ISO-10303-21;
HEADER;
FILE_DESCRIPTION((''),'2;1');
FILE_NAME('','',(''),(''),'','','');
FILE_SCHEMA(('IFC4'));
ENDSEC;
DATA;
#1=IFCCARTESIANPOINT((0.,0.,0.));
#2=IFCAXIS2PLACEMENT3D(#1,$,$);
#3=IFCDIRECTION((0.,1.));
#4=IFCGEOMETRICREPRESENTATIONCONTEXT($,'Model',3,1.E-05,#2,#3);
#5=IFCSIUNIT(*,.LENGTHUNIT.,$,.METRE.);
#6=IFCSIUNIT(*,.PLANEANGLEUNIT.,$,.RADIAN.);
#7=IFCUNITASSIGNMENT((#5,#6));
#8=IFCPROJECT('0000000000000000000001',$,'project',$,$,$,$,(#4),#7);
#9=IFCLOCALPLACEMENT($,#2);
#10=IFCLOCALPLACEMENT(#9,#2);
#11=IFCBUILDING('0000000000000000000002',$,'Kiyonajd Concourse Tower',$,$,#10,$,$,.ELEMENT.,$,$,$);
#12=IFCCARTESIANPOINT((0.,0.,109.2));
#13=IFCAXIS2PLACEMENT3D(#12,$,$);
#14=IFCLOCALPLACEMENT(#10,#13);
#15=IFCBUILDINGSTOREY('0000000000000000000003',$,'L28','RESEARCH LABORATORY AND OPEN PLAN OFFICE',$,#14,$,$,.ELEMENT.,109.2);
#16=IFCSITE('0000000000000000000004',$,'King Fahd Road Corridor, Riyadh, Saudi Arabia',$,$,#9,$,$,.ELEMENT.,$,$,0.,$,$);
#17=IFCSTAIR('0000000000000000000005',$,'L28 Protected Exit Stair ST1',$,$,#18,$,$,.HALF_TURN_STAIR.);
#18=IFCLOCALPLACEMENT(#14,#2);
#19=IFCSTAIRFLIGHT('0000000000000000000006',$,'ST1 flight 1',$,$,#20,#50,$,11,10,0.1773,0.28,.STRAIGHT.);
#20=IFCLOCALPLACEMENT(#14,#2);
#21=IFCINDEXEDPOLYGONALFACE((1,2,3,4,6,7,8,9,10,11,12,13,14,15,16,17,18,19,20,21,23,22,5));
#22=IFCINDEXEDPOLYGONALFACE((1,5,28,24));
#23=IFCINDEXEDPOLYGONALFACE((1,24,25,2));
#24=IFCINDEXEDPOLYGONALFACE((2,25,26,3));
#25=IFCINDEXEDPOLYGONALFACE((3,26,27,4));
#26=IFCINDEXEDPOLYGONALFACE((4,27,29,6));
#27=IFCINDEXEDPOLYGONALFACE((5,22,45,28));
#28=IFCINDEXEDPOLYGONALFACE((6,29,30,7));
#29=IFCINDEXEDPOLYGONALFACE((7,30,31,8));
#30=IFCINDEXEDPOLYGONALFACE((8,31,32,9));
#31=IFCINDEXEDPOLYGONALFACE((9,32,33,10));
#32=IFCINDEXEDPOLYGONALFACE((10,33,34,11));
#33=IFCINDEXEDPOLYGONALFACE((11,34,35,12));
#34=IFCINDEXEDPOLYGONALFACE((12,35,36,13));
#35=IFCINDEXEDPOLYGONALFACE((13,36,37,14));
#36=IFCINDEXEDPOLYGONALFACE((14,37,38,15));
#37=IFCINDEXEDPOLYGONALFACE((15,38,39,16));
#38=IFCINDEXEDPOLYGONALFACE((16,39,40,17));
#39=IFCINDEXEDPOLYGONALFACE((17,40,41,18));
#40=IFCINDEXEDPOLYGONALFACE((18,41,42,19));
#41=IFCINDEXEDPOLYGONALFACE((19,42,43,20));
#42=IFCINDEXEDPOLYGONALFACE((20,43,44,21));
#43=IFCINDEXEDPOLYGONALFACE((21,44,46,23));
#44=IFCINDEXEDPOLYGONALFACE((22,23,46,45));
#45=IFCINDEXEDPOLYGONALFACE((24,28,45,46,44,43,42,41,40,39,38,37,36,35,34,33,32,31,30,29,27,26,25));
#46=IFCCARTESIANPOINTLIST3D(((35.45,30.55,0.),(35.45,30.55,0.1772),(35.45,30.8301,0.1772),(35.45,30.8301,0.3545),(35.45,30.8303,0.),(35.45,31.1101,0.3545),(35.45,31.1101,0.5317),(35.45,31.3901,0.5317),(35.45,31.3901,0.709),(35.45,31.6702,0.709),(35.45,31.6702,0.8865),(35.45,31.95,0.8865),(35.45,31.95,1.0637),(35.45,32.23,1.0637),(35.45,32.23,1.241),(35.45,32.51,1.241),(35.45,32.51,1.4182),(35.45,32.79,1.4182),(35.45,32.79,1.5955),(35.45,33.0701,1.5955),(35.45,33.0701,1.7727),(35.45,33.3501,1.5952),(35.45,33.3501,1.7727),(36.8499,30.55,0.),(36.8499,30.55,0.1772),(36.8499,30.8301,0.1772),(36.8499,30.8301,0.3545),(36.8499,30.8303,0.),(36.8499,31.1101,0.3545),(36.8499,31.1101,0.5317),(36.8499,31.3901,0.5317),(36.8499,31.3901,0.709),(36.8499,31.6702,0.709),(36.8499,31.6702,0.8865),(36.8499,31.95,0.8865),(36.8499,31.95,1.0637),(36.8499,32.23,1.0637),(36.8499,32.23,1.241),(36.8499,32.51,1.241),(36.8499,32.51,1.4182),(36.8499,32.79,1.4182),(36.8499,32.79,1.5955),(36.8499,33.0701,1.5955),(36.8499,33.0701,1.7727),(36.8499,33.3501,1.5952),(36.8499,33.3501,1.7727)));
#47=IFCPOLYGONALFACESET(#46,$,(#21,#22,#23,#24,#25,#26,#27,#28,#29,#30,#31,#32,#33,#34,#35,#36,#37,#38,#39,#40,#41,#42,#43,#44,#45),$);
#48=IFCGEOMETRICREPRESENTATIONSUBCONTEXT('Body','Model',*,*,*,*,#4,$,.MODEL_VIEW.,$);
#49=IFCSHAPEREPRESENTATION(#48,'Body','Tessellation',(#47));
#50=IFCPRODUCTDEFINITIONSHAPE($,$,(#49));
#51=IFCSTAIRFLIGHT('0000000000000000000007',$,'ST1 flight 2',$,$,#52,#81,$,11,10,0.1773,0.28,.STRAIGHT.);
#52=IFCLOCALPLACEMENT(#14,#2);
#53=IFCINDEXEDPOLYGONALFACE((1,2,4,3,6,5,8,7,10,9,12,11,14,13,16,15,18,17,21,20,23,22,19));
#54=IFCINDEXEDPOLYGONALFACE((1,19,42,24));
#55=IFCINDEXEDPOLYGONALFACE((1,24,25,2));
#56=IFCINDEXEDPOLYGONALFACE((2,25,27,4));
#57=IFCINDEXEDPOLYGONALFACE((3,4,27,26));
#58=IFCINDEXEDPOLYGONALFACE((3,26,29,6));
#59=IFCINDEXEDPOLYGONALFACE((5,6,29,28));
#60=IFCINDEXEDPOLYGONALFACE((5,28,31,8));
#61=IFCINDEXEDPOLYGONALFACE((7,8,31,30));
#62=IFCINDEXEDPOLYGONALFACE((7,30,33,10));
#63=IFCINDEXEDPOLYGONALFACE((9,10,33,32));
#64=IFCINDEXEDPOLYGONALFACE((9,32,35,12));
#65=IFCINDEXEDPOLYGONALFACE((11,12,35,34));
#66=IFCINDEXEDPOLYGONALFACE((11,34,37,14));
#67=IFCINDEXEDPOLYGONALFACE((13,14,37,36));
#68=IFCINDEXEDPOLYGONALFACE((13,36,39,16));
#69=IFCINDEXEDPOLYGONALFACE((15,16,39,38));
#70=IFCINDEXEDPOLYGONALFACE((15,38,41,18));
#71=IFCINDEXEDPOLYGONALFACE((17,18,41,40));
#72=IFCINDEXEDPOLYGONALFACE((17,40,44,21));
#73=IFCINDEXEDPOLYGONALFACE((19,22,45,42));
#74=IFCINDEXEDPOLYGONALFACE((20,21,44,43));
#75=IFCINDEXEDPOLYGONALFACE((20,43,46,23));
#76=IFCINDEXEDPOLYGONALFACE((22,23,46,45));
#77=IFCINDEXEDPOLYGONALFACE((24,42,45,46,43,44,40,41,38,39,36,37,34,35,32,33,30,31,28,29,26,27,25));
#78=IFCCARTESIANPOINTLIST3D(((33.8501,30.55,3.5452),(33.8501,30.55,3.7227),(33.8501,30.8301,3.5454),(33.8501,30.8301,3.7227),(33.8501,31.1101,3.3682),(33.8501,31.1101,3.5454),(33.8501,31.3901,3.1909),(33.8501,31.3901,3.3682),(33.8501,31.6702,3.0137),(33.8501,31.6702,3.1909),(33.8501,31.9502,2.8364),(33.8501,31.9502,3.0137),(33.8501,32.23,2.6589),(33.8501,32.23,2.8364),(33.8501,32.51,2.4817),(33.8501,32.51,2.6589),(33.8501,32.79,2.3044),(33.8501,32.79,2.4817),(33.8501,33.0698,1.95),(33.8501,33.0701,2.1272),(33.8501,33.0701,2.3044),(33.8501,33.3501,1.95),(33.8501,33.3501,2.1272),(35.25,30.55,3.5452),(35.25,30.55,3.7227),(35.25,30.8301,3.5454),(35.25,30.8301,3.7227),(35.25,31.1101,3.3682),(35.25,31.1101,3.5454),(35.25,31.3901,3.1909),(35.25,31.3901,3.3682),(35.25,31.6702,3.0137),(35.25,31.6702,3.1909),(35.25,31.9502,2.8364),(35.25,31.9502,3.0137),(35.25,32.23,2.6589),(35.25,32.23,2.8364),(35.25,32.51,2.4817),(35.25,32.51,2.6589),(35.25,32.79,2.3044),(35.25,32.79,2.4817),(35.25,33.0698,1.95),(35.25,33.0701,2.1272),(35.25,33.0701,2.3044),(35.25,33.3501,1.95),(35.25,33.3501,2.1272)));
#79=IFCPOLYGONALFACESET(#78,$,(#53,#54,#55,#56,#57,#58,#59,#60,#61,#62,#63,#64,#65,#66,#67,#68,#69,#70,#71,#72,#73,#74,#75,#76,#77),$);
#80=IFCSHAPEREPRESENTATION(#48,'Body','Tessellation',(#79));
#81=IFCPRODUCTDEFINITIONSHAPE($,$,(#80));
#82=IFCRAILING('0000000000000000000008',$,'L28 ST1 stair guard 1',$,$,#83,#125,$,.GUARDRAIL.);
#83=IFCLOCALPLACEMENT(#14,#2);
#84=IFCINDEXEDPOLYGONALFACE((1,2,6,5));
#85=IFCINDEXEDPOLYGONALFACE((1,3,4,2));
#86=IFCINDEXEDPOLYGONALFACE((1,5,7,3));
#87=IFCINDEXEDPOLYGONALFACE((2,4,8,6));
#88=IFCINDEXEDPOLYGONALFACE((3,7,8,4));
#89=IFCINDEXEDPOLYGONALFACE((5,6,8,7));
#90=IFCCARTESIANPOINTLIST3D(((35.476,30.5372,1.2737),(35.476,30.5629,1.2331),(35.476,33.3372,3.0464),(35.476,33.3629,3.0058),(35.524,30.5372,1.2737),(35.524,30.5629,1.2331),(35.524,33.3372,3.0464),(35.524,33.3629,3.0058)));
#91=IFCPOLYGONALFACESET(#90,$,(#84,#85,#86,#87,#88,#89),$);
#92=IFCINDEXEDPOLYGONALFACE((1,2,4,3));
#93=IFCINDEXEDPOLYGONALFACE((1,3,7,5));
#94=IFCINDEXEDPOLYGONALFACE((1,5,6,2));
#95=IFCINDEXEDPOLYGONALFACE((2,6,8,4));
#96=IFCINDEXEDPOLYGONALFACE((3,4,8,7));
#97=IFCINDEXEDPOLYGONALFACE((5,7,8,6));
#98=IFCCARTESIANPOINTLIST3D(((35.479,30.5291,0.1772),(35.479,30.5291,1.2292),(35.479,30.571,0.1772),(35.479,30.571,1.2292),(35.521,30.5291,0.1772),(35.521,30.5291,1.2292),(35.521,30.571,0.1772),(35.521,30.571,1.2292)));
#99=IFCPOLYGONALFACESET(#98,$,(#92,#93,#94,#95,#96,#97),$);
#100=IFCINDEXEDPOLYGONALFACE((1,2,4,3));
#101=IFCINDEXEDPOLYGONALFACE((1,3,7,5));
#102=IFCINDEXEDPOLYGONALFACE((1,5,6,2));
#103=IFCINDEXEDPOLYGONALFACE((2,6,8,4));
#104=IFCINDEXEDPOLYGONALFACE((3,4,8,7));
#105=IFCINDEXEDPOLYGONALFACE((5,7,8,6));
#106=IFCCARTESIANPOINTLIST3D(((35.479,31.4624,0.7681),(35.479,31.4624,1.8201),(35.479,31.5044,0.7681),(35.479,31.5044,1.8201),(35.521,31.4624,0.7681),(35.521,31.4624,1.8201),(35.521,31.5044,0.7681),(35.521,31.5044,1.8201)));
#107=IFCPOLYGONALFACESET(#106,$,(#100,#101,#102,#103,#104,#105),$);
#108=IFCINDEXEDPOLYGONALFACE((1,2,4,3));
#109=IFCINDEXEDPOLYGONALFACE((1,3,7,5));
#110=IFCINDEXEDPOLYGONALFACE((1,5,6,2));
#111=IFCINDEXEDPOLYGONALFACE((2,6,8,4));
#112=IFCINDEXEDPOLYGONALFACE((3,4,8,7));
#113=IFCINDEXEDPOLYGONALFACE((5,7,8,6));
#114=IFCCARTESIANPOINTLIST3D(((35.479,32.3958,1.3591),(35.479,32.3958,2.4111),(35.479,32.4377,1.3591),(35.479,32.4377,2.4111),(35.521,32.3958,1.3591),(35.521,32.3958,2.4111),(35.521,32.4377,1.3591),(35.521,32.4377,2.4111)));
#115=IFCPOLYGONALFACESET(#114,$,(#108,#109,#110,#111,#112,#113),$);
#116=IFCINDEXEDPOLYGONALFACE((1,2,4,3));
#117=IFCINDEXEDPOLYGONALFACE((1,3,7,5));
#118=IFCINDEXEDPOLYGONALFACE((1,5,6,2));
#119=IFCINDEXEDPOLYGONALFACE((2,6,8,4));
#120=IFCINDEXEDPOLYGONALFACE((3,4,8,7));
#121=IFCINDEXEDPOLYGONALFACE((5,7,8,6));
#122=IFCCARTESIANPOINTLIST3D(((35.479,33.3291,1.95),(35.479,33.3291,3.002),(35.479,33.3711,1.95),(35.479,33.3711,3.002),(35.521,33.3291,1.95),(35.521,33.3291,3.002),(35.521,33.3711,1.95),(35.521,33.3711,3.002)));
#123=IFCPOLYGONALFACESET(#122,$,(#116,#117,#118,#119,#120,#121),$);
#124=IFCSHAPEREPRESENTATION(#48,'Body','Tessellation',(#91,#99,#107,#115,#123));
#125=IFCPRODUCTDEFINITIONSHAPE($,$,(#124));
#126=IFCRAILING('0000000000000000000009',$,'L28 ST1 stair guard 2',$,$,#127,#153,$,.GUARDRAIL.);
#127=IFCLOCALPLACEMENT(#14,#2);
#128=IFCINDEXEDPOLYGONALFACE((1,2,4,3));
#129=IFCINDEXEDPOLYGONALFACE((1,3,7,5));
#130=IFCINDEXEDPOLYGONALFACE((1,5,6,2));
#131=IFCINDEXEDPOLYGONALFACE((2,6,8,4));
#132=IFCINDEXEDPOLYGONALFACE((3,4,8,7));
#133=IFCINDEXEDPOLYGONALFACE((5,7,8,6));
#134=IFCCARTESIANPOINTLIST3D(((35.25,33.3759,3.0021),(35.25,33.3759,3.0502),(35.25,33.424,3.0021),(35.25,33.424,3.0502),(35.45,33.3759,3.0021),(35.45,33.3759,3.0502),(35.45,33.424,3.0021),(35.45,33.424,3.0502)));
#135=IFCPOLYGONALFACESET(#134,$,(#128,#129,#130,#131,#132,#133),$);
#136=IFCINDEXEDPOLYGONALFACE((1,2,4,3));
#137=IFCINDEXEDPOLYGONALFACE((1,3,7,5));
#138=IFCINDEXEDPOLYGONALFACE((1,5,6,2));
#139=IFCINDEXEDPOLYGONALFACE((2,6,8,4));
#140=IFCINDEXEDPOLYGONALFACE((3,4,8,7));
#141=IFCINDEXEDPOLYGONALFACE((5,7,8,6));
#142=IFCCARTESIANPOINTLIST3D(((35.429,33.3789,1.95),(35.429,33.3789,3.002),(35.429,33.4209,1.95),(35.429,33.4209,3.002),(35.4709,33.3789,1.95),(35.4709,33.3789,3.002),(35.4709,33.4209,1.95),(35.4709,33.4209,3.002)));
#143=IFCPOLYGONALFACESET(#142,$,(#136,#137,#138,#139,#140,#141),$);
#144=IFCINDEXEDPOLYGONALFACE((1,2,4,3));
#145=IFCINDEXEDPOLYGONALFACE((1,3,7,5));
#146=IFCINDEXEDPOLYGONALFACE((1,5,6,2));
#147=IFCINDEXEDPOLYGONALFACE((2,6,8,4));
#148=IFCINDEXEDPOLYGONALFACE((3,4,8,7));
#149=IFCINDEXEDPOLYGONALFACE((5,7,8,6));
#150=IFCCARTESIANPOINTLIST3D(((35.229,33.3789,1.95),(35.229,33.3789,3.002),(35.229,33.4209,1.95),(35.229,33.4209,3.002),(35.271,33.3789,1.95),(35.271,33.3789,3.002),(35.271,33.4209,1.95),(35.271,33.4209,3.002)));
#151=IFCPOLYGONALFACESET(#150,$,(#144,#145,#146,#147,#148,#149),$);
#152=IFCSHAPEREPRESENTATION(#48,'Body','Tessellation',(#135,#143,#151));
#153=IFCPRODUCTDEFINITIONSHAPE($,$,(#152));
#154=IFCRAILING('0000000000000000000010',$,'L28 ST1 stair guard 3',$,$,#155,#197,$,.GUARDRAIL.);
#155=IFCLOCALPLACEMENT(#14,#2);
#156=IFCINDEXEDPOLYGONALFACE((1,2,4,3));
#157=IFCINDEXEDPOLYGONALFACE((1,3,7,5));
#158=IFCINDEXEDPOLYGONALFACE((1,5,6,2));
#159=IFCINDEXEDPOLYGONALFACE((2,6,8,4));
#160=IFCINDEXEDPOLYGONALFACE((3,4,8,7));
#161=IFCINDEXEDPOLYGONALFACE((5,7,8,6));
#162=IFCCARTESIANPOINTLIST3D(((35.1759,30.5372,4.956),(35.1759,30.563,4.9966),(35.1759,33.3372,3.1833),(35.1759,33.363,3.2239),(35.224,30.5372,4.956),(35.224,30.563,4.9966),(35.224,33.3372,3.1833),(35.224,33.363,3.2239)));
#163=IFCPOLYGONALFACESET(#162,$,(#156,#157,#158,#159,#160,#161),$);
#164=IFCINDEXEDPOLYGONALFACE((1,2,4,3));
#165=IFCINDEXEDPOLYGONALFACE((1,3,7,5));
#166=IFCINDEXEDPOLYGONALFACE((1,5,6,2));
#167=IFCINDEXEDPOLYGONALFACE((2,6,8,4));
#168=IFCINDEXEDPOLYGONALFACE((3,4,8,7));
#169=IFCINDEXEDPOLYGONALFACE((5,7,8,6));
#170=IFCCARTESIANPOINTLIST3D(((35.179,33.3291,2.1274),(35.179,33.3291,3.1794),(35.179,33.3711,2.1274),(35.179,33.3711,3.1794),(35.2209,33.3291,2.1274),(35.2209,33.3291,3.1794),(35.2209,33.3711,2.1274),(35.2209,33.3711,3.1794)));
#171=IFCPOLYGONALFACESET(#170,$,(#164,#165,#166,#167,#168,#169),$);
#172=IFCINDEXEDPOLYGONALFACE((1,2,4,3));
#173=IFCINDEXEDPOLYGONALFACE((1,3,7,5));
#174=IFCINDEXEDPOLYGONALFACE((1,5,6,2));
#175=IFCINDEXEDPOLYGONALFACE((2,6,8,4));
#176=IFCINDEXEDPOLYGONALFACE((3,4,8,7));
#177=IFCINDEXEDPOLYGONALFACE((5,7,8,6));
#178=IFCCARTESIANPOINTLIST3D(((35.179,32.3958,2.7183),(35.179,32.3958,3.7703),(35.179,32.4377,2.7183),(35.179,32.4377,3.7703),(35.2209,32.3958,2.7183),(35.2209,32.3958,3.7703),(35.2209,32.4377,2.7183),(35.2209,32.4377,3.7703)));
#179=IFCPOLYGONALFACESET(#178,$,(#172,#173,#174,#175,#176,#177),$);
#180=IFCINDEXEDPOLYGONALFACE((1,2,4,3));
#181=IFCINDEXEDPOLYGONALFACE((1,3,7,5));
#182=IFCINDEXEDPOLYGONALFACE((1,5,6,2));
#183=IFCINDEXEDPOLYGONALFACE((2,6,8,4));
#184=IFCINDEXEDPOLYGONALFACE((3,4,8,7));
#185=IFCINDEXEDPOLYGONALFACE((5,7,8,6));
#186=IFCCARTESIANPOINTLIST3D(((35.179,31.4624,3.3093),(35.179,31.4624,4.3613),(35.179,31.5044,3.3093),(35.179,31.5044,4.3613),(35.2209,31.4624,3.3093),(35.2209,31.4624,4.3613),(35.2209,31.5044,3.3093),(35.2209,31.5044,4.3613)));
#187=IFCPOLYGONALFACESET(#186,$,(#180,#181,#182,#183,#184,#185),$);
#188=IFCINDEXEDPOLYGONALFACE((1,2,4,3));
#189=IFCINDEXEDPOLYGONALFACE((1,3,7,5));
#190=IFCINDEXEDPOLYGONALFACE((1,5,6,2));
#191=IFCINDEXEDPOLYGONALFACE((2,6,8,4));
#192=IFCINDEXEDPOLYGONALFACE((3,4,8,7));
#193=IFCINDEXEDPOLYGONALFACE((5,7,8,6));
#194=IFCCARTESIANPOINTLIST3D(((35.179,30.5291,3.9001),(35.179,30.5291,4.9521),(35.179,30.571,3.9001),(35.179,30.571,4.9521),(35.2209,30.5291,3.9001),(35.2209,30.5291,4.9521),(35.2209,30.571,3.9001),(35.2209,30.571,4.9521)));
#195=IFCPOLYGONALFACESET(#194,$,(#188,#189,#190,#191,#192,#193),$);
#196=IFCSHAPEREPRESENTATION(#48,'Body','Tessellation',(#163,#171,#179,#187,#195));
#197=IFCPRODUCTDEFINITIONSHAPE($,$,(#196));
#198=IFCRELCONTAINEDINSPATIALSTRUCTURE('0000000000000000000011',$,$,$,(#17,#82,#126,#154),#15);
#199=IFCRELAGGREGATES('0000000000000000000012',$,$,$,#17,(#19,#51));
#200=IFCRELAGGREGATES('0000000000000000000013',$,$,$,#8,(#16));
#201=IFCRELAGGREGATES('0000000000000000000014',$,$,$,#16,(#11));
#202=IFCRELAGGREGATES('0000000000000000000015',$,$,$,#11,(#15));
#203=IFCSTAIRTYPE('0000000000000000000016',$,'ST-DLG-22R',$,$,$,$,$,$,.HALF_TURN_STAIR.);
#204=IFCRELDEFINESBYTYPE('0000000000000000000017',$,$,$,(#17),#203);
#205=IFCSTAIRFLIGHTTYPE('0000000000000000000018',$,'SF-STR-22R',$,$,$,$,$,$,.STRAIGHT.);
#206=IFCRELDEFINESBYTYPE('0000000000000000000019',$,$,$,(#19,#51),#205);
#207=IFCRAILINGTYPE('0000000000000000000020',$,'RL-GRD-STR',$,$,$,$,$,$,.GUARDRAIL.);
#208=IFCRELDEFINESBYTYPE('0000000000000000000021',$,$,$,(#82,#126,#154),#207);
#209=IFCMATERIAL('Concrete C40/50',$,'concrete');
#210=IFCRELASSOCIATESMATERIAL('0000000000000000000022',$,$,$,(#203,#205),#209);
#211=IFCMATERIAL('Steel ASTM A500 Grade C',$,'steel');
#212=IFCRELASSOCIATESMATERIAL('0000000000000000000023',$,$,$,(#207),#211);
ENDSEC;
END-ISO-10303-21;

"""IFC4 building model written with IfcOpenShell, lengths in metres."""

from ifc_helpers import new_model, si_unit, direction, frame, origin, origin_2d, place, context, subcontext, project, spatial, polyline, rectangle, outline, extrude, material, type_object, element, aggregate, save


model = new_model("IFC4")

# Units and contexts
model_context = context("Model", 3, precision=1e-05, world=origin(), true_north=direction((0.0, 1.0)))
body_context = subcontext(model_context, "Body", "Model", "MODEL_VIEW")
ifc_project = project(units=[si_unit("LENGTHUNIT", "METRE"), si_unit("PLANEANGLEUNIT", "RADIAN")], contexts=[model_context])

# Site, building, storey
site_placement = place(None, origin())
site = spatial("IfcSite", under=ifc_project, at=site_placement, Name="King Fahd Road Corridor, Riyadh, Saudi Arabia", CompositionType="ELEMENT", RefElevation=0.0)
building_placement = place(site_placement, origin())
building = spatial("IfcBuilding", under=site, at=building_placement, Name="Kiyonajd Concourse Tower", CompositionType="ELEMENT")
storey_placement = place(building_placement, frame((0.0, 0.0, 109.2)))
storey = spatial("IfcBuildingStorey", under=building, at=storey_placement, Name="L28", Description="RESEARCH LABORATORY AND OPEN PLAN OFFICE", CompositionType="ELEMENT", Elevation=109.2)

# Stair, stair flights
ifc_material_1 = material(Name="Concrete C40/50", Category="concrete")
stair_type = type_object("IfcStairType", Name="ST-DLG-22R", PredefinedType="HALF_TURN_STAIR", material=ifc_material_1)
stair_placement = place(storey_placement, origin())
stair = element("IfcStair", 1, at=stair_placement, inside=storey, type_object=stair_type, Name="L28 Protected Exit Stair ST1", PredefinedType="HALF_TURN_STAIR")
stair_flight_type = type_object("IfcStairFlightType", Name="SF-STR-22R", PredefinedType="STRAIGHT", material=ifc_material_1)
stair_flight_1_placement = place(storey_placement, frame((36.1499, 30.55, 0.0), z_axis=(0.0, 0.0, 1.0), x_axis=(0.0, 1.0, 0.0)))
stair_flight_1 = element("IfcStairFlight", 2, at=stair_flight_1_placement, type_object=stair_flight_type, Name="ST1 flight 1", NumberOfRisers=11, NumberOfTreads=10, PredefinedType="STRAIGHT", RiserHeight=0.1773, TreadLength=0.28, context=body_context, shape_type="SweptSolid", body=[
    extrude(outline(polyline([(0.0, 0.0), (0.0, 0.1772), (0.28, 0.1772), (0.28, 0.3545), (0.5601, 0.3545), (0.5601, 0.5317), (0.8401, 0.5317), (0.8401, 0.709), (1.1201, 0.709), (1.1201, 0.8865), (1.3999, 0.8865), (1.3999, 1.0637), (1.6799, 1.0637), (1.6799, 1.241), (1.96, 1.241), (1.96, 1.4182), (2.24, 1.4182), (2.24, 1.5955), (2.52, 1.5955), (2.52, 1.7727), (2.8, 1.7727), (2.8, 1.95), (2.8, 1.5952), (0.2803, 0.0), (0.0, 0.0)])), frame((0.0, 0.7, 0.0), z_axis=(0.0, -1.0, 0.0), x_axis=(1.0, 0.0, 0.0)), (0.0, 0.0, 1.0), 1.3999),
])
stair_flight_2_placement = place(storey_placement, frame((34.55, 33.3501, 1.95), z_axis=(0.0, 0.0, 1.0), x_axis=(0.0, -1.0, 0.0)))
stair_flight_2 = element("IfcStairFlight", 3, at=stair_flight_2_placement, type_object=stair_flight_type, Name="ST1 flight 2", NumberOfRisers=11, NumberOfTreads=10, PredefinedType="STRAIGHT", RiserHeight=0.1773, TreadLength=0.28, context=body_context, shape_type="SweptSolid", body=[
    extrude(outline(polyline([(0.0, 0.0), (0.0, 0.1772), (0.28, 0.1772), (0.28, 0.3545), (0.5601, 0.3545), (0.5601, 0.5317), (0.8401, 0.5317), (0.8401, 0.709), (1.1201, 0.709), (1.1201, 0.8865), (1.3999, 0.8865), (1.3999, 1.0637), (1.6799, 1.0637), (1.6799, 1.241), (1.96, 1.241), (1.96, 1.4182), (2.24, 1.4182), (2.24, 1.5955), (2.52, 1.5955), (2.52, 1.7727), (2.8, 1.7727), (2.8, 1.95), (2.8, 1.5952), (0.2803, 0.0), (0.0, 0.0)])), frame((0.0, 0.7, 0.0), z_axis=(0.0, -1.0, 0.0), x_axis=(1.0, 0.0, 0.0)), (0.0, 0.0, 1.0), 1.3999),
])
aggregate(stair, [stair_flight_1, stair_flight_2])

# Railings
ifc_material_2 = material(Name="Steel ASTM A500 Grade C", Category="steel")
railing_type_1 = type_object("IfcRailingType", Name="RL-GRD-STR", PredefinedType="GUARDRAIL", material=ifc_material_2)
railing_1_placement = place(storey_placement, frame((35.5, 30.55, 0.1772)))
element("IfcRailing", 4, at=railing_1_placement, inside=storey, type_object=railing_type_1, Name="L28 ST1 stair guard 1", PredefinedType="GUARDRAIL", context=body_context, shape_type="SweptSolid", body=[
    extrude(rectangle(XDim=0.0481, YDim=0.0481, at=origin_2d()), frame((0.0, 0.0, 1.0762), z_axis=(0.0, 0.844909, 0.53491), x_axis=(-1.0, 0.0, 0.0)), (0.0, 0.0, 1.0), 3.314),
    extrude(rectangle(XDim=0.042, YDim=0.042, at=origin_2d()), origin(), (0.0, 0.0, 1.0), 1.052),
    extrude(rectangle(XDim=0.042, YDim=0.042, at=origin_2d()), frame((0.0, 0.9333, 0.5908)), (0.0, 0.0, 1.0), 1.052),
    extrude(rectangle(XDim=0.042, YDim=0.042, at=origin_2d()), frame((0.0, 1.8667, 1.1819)), (0.0, 0.0, 1.0), 1.052),
    extrude(rectangle(XDim=0.042, YDim=0.042, at=origin_2d()), frame((0.0, 2.8, 1.7727)), (0.0, 0.0, 1.0), 1.052),
])
railing_2_placement = place(storey_placement, frame((35.45, 33.3999, 1.95)))
element("IfcRailing", 5, at=railing_2_placement, inside=storey, type_object=railing_type_1, Name="L28 ST1 stair guard 2", PredefinedType="GUARDRAIL", context=body_context, shape_type="SweptSolid", body=[
    extrude(rectangle(XDim=0.0481, YDim=0.0481, at=origin_2d()), frame((0.0, 0.0, 1.0762), z_axis=(-1.0, 0.0, 0.0), x_axis=(0.0, -1.0, 0.0)), (0.0, 0.0, 1.0), 0.2),
    extrude(rectangle(XDim=0.042, YDim=0.042, at=origin_2d()), origin(), (0.0, 0.0, 1.0), 1.052),
    extrude(rectangle(XDim=0.042, YDim=0.042, at=origin_2d()), frame((-0.2, 0.0, 0.0)), (0.0, 0.0, 1.0), 1.052),
])
railing_3_placement = place(storey_placement, frame((35.2, 33.3501, 2.1274)))
element("IfcRailing", 6, at=railing_3_placement, inside=storey, type_object=railing_type_1, Name="L28 ST1 stair guard 3", PredefinedType="GUARDRAIL", context=body_context, shape_type="SweptSolid", body=[
    extrude(rectangle(XDim=0.0481, YDim=0.0481, at=origin_2d()), frame((0.0, 0.0, 1.0762), z_axis=(0.0, -0.844909, 0.53491), x_axis=(1.0, 0.0, 0.0)), (0.0, 0.0, 1.0), 3.314),
    extrude(rectangle(XDim=0.042, YDim=0.042, at=origin_2d()), origin(), (0.0, 0.0, 1.0), 1.052),
    extrude(rectangle(XDim=0.042, YDim=0.042, at=origin_2d()), frame((0.0, -0.9333, 0.5908)), (0.0, 0.0, 1.0), 1.052),
    extrude(rectangle(XDim=0.042, YDim=0.042, at=origin_2d()), frame((0.0, -1.8667, 1.1819)), (0.0, 0.0, 1.0), 1.052),
    extrude(rectangle(XDim=0.042, YDim=0.042, at=origin_2d()), frame((0.0, -2.8, 1.7727)), (0.0, 0.0, 1.0), 1.052),
])

save(model, "model.ifc")
